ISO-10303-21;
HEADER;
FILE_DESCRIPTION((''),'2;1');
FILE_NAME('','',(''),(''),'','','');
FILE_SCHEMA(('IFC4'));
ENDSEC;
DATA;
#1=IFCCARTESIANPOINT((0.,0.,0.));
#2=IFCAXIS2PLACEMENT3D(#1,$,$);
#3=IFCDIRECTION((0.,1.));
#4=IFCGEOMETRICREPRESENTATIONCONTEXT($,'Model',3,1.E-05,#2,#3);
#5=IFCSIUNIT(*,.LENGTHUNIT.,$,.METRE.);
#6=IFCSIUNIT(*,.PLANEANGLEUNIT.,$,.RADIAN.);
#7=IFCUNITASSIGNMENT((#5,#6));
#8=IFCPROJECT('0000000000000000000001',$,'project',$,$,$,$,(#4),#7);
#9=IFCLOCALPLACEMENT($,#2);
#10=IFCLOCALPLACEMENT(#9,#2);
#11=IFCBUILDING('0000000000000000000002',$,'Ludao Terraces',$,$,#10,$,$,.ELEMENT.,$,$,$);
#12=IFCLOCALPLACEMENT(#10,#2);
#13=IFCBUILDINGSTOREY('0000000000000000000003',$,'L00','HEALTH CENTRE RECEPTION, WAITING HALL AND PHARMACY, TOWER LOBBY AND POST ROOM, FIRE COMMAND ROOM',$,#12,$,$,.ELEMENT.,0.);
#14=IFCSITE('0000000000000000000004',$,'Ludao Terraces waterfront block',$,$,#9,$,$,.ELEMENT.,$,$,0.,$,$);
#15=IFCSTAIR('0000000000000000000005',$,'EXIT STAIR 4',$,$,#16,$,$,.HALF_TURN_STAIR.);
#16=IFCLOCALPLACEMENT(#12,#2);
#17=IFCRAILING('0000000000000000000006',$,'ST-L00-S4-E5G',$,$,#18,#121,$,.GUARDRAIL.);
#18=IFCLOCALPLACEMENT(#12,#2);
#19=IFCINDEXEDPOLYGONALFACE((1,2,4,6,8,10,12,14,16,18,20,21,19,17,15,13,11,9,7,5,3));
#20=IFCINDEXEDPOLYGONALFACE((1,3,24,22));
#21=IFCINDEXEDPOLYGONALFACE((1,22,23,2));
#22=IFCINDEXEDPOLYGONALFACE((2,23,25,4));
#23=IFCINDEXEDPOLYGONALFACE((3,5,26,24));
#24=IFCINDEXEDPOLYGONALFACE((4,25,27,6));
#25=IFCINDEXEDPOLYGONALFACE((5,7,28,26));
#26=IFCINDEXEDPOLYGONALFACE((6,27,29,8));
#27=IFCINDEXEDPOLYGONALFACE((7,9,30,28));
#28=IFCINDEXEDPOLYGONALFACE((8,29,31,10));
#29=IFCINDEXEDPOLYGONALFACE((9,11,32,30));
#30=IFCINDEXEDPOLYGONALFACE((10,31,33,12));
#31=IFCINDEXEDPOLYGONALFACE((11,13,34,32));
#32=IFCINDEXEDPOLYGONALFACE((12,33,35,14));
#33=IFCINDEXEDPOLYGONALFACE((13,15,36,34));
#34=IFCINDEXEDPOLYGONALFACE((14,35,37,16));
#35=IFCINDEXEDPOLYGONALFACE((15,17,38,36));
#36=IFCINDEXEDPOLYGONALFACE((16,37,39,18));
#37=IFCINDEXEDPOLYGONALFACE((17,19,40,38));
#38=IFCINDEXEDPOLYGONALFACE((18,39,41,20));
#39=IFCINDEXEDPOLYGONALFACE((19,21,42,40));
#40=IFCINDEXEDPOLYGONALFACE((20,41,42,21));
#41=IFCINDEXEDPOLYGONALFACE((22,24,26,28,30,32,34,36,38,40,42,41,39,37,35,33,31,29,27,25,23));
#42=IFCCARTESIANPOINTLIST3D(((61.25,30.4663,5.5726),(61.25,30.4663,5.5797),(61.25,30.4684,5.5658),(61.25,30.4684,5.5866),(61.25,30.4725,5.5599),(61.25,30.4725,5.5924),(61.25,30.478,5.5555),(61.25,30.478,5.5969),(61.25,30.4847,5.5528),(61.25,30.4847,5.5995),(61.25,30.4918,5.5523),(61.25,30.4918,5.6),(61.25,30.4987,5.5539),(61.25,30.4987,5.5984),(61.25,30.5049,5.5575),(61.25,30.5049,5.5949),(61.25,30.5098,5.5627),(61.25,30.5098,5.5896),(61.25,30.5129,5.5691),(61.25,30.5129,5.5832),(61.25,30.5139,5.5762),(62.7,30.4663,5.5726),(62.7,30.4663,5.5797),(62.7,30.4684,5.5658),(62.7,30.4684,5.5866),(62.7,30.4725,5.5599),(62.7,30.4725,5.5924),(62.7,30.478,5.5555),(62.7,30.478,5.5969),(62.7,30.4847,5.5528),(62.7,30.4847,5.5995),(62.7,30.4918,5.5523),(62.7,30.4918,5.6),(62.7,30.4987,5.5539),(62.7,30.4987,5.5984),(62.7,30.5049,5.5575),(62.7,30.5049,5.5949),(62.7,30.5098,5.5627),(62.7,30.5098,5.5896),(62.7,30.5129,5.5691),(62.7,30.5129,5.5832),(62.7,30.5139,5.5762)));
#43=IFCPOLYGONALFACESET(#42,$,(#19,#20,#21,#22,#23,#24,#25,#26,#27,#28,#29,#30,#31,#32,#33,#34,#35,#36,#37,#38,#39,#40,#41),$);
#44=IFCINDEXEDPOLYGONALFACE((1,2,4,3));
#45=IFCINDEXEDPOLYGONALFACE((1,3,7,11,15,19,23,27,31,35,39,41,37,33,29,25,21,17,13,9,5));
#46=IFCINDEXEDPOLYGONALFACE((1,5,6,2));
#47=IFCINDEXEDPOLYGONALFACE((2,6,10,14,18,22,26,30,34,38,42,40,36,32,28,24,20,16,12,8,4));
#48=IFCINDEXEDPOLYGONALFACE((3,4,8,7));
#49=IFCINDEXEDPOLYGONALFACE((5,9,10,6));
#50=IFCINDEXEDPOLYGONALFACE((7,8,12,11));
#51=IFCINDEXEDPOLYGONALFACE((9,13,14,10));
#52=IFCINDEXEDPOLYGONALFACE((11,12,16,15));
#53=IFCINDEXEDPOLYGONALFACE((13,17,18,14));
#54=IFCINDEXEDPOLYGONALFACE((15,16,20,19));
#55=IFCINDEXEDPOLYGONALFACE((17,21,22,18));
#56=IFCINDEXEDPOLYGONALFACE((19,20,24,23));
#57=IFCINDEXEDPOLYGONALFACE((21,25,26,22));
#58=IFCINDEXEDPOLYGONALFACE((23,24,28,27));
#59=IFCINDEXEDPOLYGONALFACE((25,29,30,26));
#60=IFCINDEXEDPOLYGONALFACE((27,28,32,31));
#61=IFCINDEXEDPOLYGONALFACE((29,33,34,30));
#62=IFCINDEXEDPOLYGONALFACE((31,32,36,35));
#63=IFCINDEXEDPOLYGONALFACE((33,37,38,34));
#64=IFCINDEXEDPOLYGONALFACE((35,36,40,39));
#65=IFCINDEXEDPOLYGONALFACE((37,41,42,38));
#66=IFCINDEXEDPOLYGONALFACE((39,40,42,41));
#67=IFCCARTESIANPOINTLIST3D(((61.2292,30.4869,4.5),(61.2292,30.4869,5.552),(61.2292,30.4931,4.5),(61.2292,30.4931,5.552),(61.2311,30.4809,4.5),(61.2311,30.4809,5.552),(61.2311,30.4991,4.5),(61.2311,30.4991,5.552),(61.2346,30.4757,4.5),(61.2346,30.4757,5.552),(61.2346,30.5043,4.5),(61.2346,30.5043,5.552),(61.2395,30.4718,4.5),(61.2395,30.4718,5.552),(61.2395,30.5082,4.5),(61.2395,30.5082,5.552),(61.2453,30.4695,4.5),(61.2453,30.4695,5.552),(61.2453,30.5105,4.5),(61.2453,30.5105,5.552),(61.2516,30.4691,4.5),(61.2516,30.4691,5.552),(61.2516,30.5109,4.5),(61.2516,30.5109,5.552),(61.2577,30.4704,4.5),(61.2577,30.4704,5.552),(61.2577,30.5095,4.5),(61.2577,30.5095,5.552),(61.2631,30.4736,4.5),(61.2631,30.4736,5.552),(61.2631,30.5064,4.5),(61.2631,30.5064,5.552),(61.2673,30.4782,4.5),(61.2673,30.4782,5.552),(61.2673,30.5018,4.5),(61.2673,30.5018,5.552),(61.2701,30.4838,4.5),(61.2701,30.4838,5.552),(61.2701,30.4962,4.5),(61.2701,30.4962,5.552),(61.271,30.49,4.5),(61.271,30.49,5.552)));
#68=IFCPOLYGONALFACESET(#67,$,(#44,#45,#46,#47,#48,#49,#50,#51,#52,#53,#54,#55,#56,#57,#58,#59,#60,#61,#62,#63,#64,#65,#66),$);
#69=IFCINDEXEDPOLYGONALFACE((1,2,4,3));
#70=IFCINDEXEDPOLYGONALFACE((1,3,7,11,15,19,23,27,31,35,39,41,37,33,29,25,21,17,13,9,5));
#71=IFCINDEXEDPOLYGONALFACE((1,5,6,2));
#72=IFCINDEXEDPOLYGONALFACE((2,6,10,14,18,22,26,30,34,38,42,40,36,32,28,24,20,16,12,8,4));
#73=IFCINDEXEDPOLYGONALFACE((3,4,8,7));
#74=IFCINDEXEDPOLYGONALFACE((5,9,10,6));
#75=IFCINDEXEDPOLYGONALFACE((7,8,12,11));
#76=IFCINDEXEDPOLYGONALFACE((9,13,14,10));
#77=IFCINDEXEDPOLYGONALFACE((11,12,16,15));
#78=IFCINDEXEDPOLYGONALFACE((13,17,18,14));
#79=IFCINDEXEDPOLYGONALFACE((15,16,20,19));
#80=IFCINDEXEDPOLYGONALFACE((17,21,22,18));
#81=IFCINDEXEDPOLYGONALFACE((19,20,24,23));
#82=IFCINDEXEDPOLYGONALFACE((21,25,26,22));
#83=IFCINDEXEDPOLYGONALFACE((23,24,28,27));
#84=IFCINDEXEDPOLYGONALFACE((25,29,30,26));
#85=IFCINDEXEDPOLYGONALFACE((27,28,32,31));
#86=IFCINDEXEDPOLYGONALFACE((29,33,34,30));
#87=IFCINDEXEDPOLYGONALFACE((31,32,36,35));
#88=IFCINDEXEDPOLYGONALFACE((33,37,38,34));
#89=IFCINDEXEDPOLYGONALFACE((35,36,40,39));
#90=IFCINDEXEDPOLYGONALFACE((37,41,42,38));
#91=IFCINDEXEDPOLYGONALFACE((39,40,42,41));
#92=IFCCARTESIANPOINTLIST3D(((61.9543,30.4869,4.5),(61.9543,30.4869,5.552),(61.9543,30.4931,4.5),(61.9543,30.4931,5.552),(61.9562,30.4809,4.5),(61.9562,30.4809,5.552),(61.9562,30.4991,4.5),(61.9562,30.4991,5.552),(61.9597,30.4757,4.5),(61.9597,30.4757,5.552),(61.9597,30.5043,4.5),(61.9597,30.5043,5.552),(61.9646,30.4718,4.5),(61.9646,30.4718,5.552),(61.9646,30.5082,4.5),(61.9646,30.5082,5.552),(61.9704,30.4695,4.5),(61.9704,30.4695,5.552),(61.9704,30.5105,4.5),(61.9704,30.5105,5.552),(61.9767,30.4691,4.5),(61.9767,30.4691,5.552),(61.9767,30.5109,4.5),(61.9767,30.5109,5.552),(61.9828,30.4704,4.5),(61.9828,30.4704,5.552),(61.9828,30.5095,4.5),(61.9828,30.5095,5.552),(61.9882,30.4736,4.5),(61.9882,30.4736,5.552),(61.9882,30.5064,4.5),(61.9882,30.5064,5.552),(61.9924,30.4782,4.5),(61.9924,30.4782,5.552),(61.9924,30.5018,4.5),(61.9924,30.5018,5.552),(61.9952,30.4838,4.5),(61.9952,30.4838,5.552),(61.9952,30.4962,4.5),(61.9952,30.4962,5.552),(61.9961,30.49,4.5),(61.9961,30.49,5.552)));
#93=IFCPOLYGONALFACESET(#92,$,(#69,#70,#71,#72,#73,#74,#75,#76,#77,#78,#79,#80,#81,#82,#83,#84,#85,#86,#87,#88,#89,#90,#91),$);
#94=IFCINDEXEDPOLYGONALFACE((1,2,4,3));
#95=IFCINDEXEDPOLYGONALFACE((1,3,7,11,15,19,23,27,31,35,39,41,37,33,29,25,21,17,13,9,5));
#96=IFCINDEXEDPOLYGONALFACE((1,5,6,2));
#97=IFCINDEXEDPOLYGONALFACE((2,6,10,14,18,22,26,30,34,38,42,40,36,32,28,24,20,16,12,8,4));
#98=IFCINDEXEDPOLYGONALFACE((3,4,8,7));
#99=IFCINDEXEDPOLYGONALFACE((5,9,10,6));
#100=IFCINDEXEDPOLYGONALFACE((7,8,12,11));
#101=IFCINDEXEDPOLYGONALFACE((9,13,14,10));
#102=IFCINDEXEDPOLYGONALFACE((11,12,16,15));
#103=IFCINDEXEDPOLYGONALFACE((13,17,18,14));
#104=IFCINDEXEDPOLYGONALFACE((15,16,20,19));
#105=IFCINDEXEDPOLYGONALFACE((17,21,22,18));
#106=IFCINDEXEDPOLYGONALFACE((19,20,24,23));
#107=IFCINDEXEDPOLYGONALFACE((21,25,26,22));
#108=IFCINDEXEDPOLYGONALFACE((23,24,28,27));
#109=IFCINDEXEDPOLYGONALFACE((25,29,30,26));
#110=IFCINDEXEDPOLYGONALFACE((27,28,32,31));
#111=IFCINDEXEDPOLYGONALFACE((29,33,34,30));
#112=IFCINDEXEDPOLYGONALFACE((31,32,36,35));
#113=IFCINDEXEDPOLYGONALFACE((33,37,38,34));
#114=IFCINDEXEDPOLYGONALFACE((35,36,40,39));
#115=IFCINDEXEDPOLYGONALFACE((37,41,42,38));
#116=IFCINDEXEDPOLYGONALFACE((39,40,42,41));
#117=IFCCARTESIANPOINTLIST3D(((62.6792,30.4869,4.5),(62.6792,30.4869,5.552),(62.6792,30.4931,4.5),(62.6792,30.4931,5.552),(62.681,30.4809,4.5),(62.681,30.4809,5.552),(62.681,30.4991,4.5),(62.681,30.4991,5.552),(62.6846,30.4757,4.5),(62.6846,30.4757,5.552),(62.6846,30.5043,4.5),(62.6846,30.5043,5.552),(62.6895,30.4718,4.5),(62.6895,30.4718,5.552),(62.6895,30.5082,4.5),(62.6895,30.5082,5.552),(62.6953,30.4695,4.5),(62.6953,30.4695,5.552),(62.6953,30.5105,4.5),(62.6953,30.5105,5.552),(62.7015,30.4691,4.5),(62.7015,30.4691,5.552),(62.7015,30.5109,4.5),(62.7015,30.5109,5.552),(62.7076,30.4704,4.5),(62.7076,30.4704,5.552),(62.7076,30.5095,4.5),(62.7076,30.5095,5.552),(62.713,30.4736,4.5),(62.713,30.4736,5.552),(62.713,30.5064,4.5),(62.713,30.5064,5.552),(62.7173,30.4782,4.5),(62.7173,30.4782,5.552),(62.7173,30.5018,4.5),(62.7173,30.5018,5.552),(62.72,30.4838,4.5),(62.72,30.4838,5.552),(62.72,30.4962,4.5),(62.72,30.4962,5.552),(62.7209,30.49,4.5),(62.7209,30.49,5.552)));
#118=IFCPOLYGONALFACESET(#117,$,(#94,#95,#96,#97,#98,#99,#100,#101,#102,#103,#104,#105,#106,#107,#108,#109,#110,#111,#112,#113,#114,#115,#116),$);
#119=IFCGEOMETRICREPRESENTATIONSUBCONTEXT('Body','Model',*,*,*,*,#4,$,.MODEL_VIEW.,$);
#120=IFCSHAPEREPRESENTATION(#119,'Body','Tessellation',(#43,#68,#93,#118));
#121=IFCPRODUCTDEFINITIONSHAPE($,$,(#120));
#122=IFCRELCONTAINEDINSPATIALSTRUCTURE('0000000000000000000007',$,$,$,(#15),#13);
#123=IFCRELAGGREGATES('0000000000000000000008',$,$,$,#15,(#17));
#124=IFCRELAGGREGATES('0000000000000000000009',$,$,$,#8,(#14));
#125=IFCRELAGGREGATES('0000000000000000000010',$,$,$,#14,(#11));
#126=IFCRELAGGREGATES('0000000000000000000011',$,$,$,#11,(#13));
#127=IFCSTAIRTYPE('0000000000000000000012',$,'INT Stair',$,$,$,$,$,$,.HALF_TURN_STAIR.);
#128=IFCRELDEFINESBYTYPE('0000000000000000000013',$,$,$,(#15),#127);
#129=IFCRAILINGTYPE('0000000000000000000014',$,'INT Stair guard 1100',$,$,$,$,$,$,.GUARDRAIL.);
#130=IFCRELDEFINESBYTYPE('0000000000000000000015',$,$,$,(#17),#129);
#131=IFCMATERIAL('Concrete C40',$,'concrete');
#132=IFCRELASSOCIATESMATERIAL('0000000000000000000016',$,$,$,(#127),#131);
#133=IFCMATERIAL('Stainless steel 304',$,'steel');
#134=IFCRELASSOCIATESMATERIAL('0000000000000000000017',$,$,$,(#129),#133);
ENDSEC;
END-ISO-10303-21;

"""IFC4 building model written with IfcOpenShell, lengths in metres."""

from ifc_helpers import new_model, si_unit, direction, frame, origin, origin_2d, place, context, subcontext, project, spatial, circle, extrude, material, type_object, element, aggregate, save


model = new_model("IFC4")

# Units and contexts
model_context = context("Model", 3, precision=1e-05, world=origin(), true_north=direction((0.0, 1.0)))
body_context = subcontext(model_context, "Body", "Model", "MODEL_VIEW")
ifc_project = project(units=[si_unit("LENGTHUNIT", "METRE"), si_unit("PLANEANGLEUNIT", "RADIAN")], contexts=[model_context])

# Site, building, storey
site_placement = place(None, origin())
site = spatial("IfcSite", under=ifc_project, at=site_placement, Name="Ludao Terraces waterfront block", CompositionType="ELEMENT", RefElevation=0.0)
building_placement = place(site_placement, origin())
building = spatial("IfcBuilding", under=site, at=building_placement, Name="Ludao Terraces", CompositionType="ELEMENT")
storey_placement = place(building_placement, origin())
storey = spatial("IfcBuildingStorey", under=building, at=storey_placement, Name="L00", Description="HEALTH CENTRE RECEPTION, WAITING HALL AND PHARMACY, TOWER LOBBY AND POST ROOM, FIRE COMMAND ROOM", CompositionType="ELEMENT", Elevation=0.0)

# Shared definitions
ifc_material_1 = material(Name="Concrete C40", Category="concrete")

# Stair, railing
stair_type = type_object("IfcStairType", Name="INT Stair", PredefinedType="HALF_TURN_STAIR", material=ifc_material_1)
stair_placement = place(storey_placement, origin())
stair = element("IfcStair", 1, at=stair_placement, inside=storey, type_object=stair_type, Name="EXIT STAIR 4", PredefinedType="HALF_TURN_STAIR")
ifc_material_2 = material(Name="Stainless steel 304", Category="steel")
railing_type_1 = type_object("IfcRailingType", Name="INT Stair guard 1100", PredefinedType="GUARDRAIL", material=ifc_material_2)
railing_1_placement = place(storey_placement, frame((61.25, 30.49, 4.5)))
railing_1 = element("IfcRailing", 2, at=railing_1_placement, type_object=railing_type_1, Name="ST-L00-S4-E5G", PredefinedType="GUARDRAIL", context=body_context, shape_type="SweptSolid", body=[
    extrude(circle(Radius=0.0239, at=origin_2d()), frame((0.0, 0.0, 1.0762), z_axis=(1.0, 0.0, 0.0), x_axis=(0.0, 1.0, 0.0)), (0.0, 0.0, 1.0), 1.45),
    extrude(circle(Radius=0.021, at=origin_2d()), origin(), (0.0, 0.0, 1.0), 1.052),
    extrude(circle(Radius=0.021, at=origin_2d()), frame((0.7251, 0.0, 0.0)), (0.0, 0.0, 1.0), 1.052),
    extrude(circle(Radius=0.021, at=origin_2d()), frame((1.45, 0.0, 0.0)), (0.0, 0.0, 1.0), 1.052),
])
aggregate(stair, [railing_1])

save(model, "model.ifc")
